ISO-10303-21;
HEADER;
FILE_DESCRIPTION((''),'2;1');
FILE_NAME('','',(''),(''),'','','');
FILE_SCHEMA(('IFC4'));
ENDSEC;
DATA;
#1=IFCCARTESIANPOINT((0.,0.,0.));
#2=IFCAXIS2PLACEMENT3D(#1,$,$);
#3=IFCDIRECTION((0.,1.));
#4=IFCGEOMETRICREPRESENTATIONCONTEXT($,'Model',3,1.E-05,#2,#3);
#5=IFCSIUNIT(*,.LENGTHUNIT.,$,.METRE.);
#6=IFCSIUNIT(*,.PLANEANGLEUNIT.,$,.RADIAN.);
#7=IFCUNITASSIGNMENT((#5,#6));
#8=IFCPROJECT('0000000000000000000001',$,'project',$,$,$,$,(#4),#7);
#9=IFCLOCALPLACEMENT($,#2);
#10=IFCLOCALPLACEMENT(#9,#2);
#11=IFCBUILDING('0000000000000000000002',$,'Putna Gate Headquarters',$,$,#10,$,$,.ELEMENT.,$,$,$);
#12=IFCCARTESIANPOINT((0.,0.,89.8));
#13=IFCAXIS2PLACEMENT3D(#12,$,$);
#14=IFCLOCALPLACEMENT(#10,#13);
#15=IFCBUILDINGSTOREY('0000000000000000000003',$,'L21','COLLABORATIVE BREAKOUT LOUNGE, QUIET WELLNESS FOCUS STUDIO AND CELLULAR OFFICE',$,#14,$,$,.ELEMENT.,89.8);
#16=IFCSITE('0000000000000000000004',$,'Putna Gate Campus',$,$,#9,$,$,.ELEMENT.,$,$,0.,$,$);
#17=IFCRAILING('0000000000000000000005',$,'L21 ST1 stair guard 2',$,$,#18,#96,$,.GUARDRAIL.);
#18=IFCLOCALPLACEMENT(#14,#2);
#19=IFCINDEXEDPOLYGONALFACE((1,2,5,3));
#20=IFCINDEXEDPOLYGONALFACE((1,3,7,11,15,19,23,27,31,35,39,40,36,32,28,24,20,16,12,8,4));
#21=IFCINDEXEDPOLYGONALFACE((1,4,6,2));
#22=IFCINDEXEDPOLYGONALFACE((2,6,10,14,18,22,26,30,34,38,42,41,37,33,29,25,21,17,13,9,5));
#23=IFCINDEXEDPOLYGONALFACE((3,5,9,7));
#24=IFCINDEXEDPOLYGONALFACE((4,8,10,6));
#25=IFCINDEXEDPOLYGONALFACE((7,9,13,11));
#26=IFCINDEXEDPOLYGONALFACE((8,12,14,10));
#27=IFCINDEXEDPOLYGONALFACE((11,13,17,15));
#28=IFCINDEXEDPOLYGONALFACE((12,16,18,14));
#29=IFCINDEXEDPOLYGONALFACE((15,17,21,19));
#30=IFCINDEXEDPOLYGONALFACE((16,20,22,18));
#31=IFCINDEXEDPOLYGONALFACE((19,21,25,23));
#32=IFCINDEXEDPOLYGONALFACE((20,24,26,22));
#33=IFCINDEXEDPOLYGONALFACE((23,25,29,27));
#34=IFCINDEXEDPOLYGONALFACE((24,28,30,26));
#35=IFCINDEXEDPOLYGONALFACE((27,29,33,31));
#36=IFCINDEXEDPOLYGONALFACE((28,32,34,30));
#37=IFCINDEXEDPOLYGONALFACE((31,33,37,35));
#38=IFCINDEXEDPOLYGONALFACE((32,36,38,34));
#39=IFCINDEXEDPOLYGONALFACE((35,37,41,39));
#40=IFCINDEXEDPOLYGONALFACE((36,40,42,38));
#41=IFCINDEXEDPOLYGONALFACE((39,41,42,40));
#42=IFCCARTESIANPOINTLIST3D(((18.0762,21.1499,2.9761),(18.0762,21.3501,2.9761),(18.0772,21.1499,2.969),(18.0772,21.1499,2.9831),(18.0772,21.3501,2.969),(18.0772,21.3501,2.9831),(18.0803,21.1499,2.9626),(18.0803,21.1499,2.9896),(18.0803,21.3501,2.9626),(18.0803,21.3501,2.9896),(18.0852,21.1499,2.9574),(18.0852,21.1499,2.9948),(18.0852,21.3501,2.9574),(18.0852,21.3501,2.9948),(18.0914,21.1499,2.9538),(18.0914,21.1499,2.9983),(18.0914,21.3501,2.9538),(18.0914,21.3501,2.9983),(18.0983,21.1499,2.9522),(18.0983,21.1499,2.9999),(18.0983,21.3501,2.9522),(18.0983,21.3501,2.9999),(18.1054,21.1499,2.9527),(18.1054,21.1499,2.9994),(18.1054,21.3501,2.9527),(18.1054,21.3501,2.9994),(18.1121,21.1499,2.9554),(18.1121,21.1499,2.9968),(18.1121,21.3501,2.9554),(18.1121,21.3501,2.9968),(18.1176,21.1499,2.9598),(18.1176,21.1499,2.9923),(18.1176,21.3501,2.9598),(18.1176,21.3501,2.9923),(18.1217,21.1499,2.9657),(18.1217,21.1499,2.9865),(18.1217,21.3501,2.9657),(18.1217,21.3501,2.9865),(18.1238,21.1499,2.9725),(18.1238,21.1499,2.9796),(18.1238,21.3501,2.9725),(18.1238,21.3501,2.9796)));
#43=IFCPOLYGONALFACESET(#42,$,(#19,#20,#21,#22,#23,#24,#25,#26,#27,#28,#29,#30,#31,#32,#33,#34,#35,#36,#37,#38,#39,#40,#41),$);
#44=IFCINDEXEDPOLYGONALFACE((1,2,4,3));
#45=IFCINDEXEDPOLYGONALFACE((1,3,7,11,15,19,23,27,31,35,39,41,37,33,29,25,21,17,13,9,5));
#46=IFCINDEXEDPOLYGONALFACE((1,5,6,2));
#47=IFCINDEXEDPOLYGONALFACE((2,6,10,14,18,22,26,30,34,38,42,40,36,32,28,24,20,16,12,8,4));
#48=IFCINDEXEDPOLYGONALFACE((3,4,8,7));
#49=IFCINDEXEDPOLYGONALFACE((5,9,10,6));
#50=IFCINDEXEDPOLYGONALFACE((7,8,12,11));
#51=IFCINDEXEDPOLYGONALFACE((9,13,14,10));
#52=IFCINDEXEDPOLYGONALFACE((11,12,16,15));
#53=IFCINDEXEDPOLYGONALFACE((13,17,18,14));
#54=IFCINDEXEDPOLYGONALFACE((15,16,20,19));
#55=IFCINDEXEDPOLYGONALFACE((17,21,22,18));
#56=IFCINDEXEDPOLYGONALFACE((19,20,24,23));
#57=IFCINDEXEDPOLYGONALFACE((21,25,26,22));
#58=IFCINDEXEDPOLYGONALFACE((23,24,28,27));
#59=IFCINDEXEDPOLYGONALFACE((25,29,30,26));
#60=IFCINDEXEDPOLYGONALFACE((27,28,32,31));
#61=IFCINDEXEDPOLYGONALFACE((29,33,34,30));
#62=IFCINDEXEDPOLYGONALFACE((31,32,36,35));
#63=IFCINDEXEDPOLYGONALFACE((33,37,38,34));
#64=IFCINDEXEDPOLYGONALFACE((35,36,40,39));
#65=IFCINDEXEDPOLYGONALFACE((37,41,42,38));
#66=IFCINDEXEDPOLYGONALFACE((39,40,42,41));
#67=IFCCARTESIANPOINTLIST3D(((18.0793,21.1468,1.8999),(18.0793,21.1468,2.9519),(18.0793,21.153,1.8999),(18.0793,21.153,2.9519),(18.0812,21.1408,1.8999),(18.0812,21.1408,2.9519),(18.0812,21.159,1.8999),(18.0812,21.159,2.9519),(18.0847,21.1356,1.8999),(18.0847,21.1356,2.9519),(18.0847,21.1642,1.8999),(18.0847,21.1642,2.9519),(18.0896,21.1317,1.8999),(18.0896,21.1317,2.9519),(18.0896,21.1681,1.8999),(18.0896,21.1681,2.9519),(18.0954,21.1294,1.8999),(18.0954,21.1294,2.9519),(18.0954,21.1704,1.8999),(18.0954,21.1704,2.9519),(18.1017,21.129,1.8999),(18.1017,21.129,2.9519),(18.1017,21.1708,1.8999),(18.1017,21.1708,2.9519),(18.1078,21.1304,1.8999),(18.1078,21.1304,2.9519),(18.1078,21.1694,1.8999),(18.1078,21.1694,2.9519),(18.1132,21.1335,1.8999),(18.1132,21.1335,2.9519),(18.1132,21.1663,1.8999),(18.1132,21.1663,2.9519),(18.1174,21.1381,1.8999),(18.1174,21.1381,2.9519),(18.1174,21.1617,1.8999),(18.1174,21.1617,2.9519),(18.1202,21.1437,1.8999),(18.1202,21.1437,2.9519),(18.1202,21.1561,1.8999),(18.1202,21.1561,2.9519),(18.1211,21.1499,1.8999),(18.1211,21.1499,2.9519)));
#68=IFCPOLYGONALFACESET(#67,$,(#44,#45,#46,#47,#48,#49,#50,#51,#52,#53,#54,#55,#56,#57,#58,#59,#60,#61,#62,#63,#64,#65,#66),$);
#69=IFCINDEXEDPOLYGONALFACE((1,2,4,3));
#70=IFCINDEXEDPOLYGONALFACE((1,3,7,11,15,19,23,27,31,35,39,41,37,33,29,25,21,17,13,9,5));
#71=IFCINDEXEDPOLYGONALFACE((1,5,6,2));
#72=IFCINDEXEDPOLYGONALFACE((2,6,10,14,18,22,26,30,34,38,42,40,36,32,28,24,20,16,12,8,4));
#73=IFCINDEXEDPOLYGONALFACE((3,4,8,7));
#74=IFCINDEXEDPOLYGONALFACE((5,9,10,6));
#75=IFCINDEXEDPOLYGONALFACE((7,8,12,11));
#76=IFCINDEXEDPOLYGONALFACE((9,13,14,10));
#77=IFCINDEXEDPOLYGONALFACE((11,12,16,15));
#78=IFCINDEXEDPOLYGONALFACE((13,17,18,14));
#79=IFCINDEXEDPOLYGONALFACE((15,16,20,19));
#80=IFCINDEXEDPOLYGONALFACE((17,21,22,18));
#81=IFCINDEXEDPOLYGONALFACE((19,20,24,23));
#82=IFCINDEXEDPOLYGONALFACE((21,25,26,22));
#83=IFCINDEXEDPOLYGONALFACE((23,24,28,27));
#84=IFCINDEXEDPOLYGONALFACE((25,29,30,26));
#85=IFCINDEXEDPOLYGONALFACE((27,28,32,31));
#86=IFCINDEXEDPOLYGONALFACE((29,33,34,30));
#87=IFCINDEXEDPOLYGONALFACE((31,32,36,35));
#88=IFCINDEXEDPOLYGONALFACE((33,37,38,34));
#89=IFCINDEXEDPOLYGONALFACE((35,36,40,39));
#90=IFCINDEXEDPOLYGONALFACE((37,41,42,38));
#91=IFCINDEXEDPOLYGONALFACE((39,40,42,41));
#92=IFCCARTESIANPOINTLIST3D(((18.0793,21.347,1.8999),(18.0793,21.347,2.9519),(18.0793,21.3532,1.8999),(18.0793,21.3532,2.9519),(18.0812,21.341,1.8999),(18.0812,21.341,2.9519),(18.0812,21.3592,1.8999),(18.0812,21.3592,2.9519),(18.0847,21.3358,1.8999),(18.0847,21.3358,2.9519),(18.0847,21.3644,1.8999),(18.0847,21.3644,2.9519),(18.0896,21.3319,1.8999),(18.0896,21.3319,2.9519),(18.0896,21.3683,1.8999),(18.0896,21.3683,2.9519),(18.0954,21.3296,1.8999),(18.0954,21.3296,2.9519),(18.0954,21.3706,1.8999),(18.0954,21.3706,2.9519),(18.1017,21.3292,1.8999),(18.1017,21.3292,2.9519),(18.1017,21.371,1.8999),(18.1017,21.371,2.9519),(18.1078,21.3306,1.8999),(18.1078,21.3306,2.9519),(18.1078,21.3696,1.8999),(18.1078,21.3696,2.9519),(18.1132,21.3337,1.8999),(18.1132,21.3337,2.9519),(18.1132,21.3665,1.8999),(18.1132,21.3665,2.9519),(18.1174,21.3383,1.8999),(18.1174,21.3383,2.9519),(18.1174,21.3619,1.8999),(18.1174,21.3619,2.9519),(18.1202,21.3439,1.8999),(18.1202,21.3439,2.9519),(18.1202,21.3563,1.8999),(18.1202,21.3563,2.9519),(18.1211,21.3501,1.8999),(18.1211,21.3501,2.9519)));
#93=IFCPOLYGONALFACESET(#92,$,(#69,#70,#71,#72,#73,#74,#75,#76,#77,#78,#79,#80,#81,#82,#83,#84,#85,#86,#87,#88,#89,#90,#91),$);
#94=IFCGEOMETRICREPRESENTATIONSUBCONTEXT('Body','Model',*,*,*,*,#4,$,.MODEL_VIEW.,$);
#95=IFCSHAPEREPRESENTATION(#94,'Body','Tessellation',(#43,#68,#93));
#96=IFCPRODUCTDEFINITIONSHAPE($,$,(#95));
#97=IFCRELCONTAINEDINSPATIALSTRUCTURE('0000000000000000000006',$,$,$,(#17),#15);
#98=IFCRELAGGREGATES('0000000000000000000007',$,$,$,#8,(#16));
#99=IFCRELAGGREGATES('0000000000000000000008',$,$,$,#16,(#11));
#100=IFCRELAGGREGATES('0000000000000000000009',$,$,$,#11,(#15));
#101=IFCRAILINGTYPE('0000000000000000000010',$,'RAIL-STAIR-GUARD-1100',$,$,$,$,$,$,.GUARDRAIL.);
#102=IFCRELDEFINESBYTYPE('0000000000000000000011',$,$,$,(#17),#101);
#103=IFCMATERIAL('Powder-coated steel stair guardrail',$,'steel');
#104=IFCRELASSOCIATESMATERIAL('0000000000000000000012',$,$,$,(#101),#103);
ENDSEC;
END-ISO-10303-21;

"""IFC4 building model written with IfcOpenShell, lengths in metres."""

from ifc_helpers import new_model, si_unit, direction, frame, origin, origin_2d, place, context, subcontext, project, spatial, circle, extrude, material, type_object, element, save


model = new_model("IFC4")

# Units and contexts
model_context = context("Model", 3, precision=1e-05, world=origin(), true_north=direction((0.0, 1.0)))
body_context = subcontext(model_context, "Body", "Model", "MODEL_VIEW")
ifc_project = project(units=[si_unit("LENGTHUNIT", "METRE"), si_unit("PLANEANGLEUNIT", "RADIAN")], contexts=[model_context])

# Site, building, storey
site_placement = place(None, origin())
site = spatial("IfcSite", under=ifc_project, at=site_placement, Name="Putna Gate Campus", CompositionType="ELEMENT", RefElevation=0.0)
building_placement = place(site_placement, origin())
building = spatial("IfcBuilding", under=site, at=building_placement, Name="Putna Gate Headquarters", CompositionType="ELEMENT")
storey_placement = place(building_placement, frame((0.0, 0.0, 89.8)))
storey = spatial("IfcBuildingStorey", under=building, at=storey_placement, Name="L21", Description="COLLABORATIVE BREAKOUT LOUNGE, QUIET WELLNESS FOCUS STUDIO AND CELLULAR OFFICE", CompositionType="ELEMENT", Elevation=89.8)

# Railing
ifc_material_1 = material(Name="Powder-coated steel stair guardrail", Category="steel")
railing_type_1 = type_object("IfcRailingType", Name="RAIL-STAIR-GUARD-1100", PredefinedType="GUARDRAIL", material=ifc_material_1)
railing_1_placement = place(storey_placement, frame((18.1001, 21.1499, 1.8999)))
element("IfcRailing", 1, at=railing_1_placement, inside=storey, type_object=railing_type_1, Name="L21 ST1 stair guard 2", PredefinedType="GUARDRAIL", context=body_context, shape_type="SweptSolid", body=[
    extrude(circle(Radius=0.0239, at=origin_2d()), frame((0.0, 0.0, 1.0762), z_axis=(0.0, 1.0, 0.0), x_axis=(-1.0, 0.0, 0.0)), (0.0, 0.0, 1.0), 0.2002),
    extrude(circle(Radius=0.021, at=origin_2d()), origin(), (0.0, 0.0, 1.0), 1.052),
    extrude(circle(Radius=0.021, at=origin_2d()), frame((0.0, 0.2002, 0.0)), (0.0, 0.0, 1.0), 1.052),
])

save(model, "model.ifc")
